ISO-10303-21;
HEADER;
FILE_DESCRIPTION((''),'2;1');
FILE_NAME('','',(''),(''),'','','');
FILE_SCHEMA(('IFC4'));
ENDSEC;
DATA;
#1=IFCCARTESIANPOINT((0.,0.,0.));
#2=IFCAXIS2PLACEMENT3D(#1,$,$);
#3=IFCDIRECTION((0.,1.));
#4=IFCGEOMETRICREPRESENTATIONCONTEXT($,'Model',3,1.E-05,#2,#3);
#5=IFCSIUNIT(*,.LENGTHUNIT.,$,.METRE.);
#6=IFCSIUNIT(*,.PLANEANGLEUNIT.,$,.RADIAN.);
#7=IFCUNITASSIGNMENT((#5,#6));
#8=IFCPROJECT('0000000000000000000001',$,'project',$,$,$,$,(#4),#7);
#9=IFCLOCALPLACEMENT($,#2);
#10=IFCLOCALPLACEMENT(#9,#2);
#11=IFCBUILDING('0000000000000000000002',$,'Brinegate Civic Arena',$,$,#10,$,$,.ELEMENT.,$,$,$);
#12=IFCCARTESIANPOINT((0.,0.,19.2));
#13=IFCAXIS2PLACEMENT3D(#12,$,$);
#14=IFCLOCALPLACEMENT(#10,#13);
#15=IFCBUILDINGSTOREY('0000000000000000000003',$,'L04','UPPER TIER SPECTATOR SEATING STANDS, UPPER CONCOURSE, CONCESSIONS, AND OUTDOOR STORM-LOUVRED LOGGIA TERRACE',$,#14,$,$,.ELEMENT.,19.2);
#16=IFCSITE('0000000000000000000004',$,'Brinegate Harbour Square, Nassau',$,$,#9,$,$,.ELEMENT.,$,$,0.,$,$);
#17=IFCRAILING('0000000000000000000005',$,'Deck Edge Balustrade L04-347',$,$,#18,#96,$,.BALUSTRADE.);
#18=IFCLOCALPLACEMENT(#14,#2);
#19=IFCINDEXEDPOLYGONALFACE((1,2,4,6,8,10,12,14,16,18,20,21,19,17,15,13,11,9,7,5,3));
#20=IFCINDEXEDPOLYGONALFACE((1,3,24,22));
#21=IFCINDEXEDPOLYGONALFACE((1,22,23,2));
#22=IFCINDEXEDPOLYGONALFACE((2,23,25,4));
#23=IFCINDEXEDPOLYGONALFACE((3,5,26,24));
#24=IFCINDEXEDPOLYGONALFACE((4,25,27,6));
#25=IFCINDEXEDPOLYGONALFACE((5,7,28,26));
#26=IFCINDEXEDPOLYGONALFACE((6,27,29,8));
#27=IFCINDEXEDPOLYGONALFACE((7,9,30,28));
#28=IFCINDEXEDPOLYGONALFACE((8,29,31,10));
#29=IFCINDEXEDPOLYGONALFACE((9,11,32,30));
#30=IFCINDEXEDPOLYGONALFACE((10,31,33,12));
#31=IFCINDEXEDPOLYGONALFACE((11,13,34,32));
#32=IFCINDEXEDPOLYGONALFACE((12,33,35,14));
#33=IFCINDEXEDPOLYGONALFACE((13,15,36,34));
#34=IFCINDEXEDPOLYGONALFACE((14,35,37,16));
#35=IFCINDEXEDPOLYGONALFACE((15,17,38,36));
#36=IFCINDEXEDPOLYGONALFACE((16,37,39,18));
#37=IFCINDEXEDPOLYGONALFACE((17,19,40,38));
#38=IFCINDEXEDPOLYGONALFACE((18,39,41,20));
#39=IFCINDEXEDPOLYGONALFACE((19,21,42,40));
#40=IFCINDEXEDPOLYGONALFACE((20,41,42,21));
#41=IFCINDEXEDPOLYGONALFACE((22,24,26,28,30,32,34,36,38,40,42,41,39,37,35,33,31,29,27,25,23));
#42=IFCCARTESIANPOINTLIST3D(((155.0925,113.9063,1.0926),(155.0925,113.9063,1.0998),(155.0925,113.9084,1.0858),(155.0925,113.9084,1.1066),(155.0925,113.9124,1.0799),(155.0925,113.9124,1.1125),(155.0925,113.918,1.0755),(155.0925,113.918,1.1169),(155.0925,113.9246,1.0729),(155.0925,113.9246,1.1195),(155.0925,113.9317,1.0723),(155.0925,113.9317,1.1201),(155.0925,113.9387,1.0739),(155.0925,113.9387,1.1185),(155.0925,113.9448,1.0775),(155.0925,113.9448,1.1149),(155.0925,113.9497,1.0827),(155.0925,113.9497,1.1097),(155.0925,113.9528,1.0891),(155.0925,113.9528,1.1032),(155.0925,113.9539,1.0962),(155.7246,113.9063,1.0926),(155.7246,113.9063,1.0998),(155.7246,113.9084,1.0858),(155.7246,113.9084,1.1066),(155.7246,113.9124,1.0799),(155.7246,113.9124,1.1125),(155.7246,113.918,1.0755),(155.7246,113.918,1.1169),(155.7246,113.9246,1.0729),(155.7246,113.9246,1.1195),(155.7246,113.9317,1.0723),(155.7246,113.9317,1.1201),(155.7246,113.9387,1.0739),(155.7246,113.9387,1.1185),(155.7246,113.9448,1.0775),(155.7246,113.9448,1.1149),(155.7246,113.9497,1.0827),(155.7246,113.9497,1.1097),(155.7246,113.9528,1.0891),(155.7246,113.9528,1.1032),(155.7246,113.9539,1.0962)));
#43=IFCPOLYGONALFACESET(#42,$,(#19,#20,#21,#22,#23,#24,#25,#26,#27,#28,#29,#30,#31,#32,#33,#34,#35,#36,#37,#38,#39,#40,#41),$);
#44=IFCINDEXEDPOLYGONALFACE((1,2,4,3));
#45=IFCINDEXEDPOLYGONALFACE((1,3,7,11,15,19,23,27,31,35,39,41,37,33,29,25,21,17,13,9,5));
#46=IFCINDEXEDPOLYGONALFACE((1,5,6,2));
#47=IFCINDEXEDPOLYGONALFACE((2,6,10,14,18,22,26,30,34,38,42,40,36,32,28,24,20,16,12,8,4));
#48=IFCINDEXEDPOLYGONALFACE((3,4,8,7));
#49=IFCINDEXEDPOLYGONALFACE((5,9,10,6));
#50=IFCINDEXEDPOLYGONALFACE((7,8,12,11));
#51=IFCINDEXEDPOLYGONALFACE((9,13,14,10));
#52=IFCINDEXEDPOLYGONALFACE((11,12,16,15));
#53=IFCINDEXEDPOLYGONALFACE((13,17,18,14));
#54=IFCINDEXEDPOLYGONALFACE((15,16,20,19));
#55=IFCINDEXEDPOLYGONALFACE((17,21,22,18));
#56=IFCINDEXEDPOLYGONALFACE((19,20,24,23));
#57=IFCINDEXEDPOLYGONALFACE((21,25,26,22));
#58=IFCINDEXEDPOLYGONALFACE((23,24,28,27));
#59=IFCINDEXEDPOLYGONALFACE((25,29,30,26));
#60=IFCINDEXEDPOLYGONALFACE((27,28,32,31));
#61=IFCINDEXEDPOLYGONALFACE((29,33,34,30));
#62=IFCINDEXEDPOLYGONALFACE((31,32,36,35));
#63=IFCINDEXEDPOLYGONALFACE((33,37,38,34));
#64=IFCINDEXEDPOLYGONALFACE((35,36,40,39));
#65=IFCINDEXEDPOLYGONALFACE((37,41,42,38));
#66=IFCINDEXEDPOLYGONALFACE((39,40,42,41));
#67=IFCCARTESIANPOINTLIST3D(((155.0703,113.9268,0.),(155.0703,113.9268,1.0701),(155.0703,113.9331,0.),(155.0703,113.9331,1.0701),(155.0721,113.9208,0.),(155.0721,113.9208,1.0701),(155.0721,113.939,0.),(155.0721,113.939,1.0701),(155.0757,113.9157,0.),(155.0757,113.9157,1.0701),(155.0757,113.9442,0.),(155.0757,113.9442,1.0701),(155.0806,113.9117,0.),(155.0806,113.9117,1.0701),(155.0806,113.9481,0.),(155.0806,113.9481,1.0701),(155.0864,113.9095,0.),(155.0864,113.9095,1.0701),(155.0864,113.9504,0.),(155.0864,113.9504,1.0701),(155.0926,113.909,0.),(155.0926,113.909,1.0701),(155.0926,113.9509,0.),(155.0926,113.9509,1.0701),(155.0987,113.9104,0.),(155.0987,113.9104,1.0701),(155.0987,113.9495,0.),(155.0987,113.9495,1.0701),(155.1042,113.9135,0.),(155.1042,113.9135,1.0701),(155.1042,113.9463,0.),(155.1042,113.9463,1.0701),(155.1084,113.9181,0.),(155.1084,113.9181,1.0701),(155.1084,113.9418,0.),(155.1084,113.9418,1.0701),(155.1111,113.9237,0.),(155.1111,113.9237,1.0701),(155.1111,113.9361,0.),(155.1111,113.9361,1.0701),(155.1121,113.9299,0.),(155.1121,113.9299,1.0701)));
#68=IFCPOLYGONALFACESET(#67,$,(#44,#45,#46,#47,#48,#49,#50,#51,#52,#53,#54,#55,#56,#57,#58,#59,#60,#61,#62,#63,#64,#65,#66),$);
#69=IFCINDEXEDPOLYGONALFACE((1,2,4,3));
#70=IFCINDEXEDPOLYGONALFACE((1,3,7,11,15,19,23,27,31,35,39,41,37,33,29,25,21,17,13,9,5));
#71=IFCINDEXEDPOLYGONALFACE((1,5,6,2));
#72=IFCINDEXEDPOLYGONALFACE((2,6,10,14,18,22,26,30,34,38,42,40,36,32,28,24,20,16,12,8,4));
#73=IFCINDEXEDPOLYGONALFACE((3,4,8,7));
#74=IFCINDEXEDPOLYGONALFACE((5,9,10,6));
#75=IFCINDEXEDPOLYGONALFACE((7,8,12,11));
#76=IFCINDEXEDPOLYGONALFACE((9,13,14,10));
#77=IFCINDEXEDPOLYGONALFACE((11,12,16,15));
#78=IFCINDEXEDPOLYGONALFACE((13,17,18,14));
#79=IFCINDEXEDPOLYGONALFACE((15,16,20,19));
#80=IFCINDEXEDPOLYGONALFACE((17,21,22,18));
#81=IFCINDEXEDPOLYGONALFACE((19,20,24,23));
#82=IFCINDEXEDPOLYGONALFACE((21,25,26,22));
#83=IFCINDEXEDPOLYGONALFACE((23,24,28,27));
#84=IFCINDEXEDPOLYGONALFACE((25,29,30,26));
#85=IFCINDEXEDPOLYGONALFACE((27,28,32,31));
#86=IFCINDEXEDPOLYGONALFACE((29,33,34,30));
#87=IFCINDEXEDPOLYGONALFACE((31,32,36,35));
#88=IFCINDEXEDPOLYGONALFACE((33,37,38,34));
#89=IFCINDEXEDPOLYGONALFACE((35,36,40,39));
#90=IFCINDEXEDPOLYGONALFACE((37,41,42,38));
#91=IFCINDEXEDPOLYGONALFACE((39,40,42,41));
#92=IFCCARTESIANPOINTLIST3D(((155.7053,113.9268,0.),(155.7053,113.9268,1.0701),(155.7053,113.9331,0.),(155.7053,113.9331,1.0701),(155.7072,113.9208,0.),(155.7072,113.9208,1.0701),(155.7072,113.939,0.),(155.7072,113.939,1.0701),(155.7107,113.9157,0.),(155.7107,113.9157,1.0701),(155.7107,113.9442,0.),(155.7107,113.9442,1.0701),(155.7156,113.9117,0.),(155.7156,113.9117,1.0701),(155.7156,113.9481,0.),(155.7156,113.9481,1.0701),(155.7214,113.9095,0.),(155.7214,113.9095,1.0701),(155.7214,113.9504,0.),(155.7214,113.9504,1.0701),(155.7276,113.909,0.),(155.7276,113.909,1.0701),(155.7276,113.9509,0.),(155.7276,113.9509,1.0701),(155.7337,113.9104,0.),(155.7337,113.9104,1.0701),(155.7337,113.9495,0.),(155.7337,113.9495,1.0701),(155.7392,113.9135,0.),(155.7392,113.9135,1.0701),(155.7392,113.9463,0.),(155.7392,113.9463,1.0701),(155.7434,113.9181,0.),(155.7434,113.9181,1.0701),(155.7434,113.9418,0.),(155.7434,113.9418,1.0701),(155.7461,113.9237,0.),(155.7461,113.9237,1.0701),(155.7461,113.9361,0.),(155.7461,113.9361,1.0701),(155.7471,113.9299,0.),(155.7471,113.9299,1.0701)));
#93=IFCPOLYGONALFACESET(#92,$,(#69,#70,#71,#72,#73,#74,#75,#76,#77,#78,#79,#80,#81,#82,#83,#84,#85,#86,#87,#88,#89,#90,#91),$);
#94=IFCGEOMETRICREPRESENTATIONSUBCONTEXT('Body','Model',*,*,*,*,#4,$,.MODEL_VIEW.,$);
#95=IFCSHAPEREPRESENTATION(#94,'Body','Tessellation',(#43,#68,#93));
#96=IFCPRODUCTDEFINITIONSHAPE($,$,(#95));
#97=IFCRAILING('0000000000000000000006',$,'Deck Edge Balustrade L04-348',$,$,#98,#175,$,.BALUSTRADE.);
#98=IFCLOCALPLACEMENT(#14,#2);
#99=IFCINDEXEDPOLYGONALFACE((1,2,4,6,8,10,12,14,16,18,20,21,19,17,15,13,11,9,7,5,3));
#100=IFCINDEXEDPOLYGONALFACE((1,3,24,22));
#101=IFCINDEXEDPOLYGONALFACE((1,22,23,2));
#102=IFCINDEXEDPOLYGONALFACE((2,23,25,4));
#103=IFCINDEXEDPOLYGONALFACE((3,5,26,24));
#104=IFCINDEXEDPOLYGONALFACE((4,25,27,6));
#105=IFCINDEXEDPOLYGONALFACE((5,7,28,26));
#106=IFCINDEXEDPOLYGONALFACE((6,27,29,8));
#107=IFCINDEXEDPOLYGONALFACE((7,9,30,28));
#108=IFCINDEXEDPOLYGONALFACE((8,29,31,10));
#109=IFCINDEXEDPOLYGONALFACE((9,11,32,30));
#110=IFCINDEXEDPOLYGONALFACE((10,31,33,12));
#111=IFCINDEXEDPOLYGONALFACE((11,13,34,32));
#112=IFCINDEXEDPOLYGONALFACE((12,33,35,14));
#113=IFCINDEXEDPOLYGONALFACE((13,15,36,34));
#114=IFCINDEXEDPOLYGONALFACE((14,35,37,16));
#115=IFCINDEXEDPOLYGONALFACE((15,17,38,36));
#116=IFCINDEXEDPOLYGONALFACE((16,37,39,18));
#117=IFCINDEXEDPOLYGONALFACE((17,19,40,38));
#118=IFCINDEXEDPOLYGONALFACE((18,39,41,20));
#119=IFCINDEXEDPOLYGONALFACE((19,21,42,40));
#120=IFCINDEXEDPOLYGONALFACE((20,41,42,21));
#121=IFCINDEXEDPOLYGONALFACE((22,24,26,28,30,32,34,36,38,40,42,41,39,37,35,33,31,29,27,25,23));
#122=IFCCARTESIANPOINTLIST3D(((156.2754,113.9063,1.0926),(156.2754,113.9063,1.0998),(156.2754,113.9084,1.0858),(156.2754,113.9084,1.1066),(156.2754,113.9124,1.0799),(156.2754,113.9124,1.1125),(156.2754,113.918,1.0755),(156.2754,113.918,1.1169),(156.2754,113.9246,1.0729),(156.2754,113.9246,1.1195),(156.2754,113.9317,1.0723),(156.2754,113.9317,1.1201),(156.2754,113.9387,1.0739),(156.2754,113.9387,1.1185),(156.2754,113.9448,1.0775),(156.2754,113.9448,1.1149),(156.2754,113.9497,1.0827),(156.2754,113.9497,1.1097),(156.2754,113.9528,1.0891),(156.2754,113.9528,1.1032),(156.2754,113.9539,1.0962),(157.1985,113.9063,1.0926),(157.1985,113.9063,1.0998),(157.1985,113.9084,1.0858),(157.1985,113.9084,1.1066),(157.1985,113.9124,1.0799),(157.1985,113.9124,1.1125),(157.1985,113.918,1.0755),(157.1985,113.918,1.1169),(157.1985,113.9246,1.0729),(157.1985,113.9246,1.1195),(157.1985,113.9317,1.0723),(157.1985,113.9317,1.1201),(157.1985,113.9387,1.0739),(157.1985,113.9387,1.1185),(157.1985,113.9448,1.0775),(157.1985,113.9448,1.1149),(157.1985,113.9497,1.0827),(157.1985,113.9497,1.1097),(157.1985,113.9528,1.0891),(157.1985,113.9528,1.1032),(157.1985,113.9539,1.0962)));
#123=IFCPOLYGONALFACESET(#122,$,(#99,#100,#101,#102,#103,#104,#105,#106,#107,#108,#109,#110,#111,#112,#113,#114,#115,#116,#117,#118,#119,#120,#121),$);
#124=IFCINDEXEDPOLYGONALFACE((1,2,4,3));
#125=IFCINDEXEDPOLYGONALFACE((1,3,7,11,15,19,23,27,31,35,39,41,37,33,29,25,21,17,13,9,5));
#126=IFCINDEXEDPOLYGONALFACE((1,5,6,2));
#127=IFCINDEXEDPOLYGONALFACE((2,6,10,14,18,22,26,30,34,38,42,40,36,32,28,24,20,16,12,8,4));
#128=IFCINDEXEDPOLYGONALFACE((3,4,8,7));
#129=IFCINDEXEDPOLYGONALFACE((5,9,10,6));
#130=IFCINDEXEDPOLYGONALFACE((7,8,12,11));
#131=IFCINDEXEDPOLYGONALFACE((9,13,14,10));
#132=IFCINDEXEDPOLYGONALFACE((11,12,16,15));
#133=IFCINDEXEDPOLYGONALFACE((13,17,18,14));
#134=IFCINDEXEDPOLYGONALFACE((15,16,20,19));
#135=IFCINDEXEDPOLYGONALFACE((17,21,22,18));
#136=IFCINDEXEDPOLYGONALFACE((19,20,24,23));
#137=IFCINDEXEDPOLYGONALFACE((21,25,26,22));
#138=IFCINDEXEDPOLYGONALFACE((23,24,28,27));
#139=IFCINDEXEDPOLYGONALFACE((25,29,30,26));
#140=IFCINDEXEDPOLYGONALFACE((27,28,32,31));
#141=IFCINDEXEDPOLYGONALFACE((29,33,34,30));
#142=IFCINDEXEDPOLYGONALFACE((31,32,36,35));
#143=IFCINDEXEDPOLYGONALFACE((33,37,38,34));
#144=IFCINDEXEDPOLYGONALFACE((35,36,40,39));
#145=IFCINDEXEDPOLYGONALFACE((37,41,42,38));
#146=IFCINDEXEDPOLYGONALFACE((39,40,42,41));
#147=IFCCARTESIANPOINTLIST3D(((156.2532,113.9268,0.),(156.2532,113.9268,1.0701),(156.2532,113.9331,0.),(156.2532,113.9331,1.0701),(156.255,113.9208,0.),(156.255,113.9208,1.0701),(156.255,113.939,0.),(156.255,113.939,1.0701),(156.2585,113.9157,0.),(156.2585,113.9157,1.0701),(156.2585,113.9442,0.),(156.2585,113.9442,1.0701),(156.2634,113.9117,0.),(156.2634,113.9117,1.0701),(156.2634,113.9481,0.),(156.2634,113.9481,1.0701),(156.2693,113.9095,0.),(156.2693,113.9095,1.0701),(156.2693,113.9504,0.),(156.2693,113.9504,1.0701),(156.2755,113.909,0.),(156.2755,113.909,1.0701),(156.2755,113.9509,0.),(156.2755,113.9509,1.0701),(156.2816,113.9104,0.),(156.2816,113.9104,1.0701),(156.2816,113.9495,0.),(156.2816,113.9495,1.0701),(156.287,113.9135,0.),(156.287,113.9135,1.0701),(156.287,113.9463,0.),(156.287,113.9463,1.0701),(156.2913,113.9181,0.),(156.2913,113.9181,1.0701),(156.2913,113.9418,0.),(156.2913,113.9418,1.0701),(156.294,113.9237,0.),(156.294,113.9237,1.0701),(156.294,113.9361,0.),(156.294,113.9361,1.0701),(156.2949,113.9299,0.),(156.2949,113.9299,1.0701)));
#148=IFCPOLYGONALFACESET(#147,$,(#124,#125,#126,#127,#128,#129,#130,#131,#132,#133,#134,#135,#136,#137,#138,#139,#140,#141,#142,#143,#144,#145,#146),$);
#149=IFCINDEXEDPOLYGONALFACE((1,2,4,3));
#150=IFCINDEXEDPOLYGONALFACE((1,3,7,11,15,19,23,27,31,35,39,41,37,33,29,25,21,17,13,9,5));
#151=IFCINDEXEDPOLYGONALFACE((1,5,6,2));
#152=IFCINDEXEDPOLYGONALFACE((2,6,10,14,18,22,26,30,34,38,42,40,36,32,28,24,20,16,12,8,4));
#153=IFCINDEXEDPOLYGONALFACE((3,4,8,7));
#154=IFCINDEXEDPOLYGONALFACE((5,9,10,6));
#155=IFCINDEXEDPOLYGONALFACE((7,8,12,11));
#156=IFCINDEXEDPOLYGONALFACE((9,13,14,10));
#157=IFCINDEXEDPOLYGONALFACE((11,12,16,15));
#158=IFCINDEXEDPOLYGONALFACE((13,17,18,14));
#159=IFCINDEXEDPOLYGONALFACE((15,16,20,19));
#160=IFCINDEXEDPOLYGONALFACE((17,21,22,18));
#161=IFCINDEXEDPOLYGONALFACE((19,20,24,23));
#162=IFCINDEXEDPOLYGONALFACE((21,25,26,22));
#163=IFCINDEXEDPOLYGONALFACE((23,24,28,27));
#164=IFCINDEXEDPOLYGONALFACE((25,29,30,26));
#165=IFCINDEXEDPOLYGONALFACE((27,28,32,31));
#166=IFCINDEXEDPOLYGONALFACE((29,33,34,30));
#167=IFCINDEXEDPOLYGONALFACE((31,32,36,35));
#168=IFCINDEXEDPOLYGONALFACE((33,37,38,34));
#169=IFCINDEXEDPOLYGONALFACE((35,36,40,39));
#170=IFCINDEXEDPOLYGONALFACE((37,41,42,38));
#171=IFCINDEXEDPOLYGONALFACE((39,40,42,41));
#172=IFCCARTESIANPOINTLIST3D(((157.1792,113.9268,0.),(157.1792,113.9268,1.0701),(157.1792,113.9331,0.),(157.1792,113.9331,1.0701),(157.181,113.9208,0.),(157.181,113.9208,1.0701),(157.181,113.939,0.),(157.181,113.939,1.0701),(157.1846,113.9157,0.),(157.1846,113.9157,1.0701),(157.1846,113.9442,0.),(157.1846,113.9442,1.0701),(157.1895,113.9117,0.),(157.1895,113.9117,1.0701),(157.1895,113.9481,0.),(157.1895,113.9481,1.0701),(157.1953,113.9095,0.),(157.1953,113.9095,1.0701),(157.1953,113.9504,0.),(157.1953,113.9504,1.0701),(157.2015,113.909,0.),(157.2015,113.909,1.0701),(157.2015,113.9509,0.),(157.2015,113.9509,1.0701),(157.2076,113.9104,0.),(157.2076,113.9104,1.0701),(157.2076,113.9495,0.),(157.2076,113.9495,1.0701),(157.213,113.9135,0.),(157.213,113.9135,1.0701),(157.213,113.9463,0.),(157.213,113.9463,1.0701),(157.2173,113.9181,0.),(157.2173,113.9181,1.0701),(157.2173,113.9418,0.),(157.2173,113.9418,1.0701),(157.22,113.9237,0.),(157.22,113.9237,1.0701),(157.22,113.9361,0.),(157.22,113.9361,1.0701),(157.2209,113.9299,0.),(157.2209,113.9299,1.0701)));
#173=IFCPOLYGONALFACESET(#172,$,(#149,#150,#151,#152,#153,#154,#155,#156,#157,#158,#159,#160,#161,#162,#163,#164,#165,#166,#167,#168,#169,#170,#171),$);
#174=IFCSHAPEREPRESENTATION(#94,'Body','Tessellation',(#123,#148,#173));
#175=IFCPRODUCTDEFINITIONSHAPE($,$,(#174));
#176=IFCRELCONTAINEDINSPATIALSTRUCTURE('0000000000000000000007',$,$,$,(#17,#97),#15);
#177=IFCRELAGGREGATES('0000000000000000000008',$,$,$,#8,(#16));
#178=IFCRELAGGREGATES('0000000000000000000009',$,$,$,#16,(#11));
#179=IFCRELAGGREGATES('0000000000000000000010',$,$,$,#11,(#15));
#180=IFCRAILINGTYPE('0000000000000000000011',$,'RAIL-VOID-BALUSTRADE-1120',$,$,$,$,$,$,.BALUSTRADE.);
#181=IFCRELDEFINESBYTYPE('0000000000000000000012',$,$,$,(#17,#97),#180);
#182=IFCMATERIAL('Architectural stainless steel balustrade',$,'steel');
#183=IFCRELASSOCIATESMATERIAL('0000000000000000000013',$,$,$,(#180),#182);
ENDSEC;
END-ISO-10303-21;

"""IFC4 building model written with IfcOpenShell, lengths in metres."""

from ifc_helpers import new_model, si_unit, direction, frame, origin, origin_2d, place, context, subcontext, project, spatial, circle, extrude, material, type_object, element, save


model = new_model("IFC4")

# Units and contexts
model_context = context("Model", 3, precision=1e-05, world=origin(), true_north=direction((0.0, 1.0)))
body_context = subcontext(model_context, "Body", "Model", "MODEL_VIEW")
ifc_project = project(units=[si_unit("LENGTHUNIT", "METRE"), si_unit("PLANEANGLEUNIT", "RADIAN")], contexts=[model_context])

# Site, building, storey
site_placement = place(None, origin())
site = spatial("IfcSite", under=ifc_project, at=site_placement, Name="Brinegate Harbour Square, Nassau", CompositionType="ELEMENT", RefElevation=0.0)
building_placement = place(site_placement, origin())
building = spatial("IfcBuilding", under=site, at=building_placement, Name="Brinegate Civic Arena", CompositionType="ELEMENT")
storey_placement = place(building_placement, frame((0.0, 0.0, 19.2)))
storey = spatial("IfcBuildingStorey", under=building, at=storey_placement, Name="L04", Description="UPPER TIER SPECTATOR SEATING STANDS, UPPER CONCOURSE, CONCESSIONS, AND OUTDOOR STORM-LOUVRED LOGGIA TERRACE", CompositionType="ELEMENT", Elevation=19.2)

# Railings
ifc_material_1 = material(Name="Architectural stainless steel balustrade", Category="steel")
railing_type_1 = type_object("IfcRailingType", Name="RAIL-VOID-BALUSTRADE-1120", PredefinedType="BALUSTRADE", material=ifc_material_1)
railing_1_placement = place(storey_placement, frame((155.0911, 113.9299, 0.0)))
element("IfcRailing", 1, at=railing_1_placement, inside=storey, type_object=railing_type_1, Name="Deck Edge Balustrade L04-347", PredefinedType="BALUSTRADE", context=body_context, shape_type="SweptSolid", body=[
    extrude(circle(Radius=0.0239, at=origin_2d()), frame((0.0015, 0.0, 1.0962), z_axis=(1.0, 0.0, 0.0), x_axis=(0.0, 1.0, 0.0)), (0.0, 0.0, 1.0), 0.6321),
    extrude(circle(Radius=0.021, at=origin_2d()), origin(), (0.0, 0.0, 1.0), 1.0701),
    extrude(circle(Radius=0.021, at=origin_2d()), frame((0.635, 0.0, 0.0)), (0.0, 0.0, 1.0), 1.0701),
])
railing_2_placement = place(storey_placement, frame((156.2739, 113.9299, 0.0)))
element("IfcRailing", 2, at=railing_2_placement, inside=storey, type_object=railing_type_1, Name="Deck Edge Balustrade L04-348", PredefinedType="BALUSTRADE", context=body_context, shape_type="SweptSolid", body=[
    extrude(circle(Radius=0.0239, at=origin_2d()), frame((0.0015, 0.0, 1.0962), z_axis=(1.0, 0.0, 0.0), x_axis=(0.0, 1.0, 0.0)), (0.0, 0.0, 1.0), 0.9231),
    extrude(circle(Radius=0.021, at=origin_2d()), origin(), (0.0, 0.0, 1.0), 1.0701),
    extrude(circle(Radius=0.021, at=origin_2d()), frame((0.926, 0.0, 0.0)), (0.0, 0.0, 1.0), 1.0701),
])

save(model, "model.ifc")
